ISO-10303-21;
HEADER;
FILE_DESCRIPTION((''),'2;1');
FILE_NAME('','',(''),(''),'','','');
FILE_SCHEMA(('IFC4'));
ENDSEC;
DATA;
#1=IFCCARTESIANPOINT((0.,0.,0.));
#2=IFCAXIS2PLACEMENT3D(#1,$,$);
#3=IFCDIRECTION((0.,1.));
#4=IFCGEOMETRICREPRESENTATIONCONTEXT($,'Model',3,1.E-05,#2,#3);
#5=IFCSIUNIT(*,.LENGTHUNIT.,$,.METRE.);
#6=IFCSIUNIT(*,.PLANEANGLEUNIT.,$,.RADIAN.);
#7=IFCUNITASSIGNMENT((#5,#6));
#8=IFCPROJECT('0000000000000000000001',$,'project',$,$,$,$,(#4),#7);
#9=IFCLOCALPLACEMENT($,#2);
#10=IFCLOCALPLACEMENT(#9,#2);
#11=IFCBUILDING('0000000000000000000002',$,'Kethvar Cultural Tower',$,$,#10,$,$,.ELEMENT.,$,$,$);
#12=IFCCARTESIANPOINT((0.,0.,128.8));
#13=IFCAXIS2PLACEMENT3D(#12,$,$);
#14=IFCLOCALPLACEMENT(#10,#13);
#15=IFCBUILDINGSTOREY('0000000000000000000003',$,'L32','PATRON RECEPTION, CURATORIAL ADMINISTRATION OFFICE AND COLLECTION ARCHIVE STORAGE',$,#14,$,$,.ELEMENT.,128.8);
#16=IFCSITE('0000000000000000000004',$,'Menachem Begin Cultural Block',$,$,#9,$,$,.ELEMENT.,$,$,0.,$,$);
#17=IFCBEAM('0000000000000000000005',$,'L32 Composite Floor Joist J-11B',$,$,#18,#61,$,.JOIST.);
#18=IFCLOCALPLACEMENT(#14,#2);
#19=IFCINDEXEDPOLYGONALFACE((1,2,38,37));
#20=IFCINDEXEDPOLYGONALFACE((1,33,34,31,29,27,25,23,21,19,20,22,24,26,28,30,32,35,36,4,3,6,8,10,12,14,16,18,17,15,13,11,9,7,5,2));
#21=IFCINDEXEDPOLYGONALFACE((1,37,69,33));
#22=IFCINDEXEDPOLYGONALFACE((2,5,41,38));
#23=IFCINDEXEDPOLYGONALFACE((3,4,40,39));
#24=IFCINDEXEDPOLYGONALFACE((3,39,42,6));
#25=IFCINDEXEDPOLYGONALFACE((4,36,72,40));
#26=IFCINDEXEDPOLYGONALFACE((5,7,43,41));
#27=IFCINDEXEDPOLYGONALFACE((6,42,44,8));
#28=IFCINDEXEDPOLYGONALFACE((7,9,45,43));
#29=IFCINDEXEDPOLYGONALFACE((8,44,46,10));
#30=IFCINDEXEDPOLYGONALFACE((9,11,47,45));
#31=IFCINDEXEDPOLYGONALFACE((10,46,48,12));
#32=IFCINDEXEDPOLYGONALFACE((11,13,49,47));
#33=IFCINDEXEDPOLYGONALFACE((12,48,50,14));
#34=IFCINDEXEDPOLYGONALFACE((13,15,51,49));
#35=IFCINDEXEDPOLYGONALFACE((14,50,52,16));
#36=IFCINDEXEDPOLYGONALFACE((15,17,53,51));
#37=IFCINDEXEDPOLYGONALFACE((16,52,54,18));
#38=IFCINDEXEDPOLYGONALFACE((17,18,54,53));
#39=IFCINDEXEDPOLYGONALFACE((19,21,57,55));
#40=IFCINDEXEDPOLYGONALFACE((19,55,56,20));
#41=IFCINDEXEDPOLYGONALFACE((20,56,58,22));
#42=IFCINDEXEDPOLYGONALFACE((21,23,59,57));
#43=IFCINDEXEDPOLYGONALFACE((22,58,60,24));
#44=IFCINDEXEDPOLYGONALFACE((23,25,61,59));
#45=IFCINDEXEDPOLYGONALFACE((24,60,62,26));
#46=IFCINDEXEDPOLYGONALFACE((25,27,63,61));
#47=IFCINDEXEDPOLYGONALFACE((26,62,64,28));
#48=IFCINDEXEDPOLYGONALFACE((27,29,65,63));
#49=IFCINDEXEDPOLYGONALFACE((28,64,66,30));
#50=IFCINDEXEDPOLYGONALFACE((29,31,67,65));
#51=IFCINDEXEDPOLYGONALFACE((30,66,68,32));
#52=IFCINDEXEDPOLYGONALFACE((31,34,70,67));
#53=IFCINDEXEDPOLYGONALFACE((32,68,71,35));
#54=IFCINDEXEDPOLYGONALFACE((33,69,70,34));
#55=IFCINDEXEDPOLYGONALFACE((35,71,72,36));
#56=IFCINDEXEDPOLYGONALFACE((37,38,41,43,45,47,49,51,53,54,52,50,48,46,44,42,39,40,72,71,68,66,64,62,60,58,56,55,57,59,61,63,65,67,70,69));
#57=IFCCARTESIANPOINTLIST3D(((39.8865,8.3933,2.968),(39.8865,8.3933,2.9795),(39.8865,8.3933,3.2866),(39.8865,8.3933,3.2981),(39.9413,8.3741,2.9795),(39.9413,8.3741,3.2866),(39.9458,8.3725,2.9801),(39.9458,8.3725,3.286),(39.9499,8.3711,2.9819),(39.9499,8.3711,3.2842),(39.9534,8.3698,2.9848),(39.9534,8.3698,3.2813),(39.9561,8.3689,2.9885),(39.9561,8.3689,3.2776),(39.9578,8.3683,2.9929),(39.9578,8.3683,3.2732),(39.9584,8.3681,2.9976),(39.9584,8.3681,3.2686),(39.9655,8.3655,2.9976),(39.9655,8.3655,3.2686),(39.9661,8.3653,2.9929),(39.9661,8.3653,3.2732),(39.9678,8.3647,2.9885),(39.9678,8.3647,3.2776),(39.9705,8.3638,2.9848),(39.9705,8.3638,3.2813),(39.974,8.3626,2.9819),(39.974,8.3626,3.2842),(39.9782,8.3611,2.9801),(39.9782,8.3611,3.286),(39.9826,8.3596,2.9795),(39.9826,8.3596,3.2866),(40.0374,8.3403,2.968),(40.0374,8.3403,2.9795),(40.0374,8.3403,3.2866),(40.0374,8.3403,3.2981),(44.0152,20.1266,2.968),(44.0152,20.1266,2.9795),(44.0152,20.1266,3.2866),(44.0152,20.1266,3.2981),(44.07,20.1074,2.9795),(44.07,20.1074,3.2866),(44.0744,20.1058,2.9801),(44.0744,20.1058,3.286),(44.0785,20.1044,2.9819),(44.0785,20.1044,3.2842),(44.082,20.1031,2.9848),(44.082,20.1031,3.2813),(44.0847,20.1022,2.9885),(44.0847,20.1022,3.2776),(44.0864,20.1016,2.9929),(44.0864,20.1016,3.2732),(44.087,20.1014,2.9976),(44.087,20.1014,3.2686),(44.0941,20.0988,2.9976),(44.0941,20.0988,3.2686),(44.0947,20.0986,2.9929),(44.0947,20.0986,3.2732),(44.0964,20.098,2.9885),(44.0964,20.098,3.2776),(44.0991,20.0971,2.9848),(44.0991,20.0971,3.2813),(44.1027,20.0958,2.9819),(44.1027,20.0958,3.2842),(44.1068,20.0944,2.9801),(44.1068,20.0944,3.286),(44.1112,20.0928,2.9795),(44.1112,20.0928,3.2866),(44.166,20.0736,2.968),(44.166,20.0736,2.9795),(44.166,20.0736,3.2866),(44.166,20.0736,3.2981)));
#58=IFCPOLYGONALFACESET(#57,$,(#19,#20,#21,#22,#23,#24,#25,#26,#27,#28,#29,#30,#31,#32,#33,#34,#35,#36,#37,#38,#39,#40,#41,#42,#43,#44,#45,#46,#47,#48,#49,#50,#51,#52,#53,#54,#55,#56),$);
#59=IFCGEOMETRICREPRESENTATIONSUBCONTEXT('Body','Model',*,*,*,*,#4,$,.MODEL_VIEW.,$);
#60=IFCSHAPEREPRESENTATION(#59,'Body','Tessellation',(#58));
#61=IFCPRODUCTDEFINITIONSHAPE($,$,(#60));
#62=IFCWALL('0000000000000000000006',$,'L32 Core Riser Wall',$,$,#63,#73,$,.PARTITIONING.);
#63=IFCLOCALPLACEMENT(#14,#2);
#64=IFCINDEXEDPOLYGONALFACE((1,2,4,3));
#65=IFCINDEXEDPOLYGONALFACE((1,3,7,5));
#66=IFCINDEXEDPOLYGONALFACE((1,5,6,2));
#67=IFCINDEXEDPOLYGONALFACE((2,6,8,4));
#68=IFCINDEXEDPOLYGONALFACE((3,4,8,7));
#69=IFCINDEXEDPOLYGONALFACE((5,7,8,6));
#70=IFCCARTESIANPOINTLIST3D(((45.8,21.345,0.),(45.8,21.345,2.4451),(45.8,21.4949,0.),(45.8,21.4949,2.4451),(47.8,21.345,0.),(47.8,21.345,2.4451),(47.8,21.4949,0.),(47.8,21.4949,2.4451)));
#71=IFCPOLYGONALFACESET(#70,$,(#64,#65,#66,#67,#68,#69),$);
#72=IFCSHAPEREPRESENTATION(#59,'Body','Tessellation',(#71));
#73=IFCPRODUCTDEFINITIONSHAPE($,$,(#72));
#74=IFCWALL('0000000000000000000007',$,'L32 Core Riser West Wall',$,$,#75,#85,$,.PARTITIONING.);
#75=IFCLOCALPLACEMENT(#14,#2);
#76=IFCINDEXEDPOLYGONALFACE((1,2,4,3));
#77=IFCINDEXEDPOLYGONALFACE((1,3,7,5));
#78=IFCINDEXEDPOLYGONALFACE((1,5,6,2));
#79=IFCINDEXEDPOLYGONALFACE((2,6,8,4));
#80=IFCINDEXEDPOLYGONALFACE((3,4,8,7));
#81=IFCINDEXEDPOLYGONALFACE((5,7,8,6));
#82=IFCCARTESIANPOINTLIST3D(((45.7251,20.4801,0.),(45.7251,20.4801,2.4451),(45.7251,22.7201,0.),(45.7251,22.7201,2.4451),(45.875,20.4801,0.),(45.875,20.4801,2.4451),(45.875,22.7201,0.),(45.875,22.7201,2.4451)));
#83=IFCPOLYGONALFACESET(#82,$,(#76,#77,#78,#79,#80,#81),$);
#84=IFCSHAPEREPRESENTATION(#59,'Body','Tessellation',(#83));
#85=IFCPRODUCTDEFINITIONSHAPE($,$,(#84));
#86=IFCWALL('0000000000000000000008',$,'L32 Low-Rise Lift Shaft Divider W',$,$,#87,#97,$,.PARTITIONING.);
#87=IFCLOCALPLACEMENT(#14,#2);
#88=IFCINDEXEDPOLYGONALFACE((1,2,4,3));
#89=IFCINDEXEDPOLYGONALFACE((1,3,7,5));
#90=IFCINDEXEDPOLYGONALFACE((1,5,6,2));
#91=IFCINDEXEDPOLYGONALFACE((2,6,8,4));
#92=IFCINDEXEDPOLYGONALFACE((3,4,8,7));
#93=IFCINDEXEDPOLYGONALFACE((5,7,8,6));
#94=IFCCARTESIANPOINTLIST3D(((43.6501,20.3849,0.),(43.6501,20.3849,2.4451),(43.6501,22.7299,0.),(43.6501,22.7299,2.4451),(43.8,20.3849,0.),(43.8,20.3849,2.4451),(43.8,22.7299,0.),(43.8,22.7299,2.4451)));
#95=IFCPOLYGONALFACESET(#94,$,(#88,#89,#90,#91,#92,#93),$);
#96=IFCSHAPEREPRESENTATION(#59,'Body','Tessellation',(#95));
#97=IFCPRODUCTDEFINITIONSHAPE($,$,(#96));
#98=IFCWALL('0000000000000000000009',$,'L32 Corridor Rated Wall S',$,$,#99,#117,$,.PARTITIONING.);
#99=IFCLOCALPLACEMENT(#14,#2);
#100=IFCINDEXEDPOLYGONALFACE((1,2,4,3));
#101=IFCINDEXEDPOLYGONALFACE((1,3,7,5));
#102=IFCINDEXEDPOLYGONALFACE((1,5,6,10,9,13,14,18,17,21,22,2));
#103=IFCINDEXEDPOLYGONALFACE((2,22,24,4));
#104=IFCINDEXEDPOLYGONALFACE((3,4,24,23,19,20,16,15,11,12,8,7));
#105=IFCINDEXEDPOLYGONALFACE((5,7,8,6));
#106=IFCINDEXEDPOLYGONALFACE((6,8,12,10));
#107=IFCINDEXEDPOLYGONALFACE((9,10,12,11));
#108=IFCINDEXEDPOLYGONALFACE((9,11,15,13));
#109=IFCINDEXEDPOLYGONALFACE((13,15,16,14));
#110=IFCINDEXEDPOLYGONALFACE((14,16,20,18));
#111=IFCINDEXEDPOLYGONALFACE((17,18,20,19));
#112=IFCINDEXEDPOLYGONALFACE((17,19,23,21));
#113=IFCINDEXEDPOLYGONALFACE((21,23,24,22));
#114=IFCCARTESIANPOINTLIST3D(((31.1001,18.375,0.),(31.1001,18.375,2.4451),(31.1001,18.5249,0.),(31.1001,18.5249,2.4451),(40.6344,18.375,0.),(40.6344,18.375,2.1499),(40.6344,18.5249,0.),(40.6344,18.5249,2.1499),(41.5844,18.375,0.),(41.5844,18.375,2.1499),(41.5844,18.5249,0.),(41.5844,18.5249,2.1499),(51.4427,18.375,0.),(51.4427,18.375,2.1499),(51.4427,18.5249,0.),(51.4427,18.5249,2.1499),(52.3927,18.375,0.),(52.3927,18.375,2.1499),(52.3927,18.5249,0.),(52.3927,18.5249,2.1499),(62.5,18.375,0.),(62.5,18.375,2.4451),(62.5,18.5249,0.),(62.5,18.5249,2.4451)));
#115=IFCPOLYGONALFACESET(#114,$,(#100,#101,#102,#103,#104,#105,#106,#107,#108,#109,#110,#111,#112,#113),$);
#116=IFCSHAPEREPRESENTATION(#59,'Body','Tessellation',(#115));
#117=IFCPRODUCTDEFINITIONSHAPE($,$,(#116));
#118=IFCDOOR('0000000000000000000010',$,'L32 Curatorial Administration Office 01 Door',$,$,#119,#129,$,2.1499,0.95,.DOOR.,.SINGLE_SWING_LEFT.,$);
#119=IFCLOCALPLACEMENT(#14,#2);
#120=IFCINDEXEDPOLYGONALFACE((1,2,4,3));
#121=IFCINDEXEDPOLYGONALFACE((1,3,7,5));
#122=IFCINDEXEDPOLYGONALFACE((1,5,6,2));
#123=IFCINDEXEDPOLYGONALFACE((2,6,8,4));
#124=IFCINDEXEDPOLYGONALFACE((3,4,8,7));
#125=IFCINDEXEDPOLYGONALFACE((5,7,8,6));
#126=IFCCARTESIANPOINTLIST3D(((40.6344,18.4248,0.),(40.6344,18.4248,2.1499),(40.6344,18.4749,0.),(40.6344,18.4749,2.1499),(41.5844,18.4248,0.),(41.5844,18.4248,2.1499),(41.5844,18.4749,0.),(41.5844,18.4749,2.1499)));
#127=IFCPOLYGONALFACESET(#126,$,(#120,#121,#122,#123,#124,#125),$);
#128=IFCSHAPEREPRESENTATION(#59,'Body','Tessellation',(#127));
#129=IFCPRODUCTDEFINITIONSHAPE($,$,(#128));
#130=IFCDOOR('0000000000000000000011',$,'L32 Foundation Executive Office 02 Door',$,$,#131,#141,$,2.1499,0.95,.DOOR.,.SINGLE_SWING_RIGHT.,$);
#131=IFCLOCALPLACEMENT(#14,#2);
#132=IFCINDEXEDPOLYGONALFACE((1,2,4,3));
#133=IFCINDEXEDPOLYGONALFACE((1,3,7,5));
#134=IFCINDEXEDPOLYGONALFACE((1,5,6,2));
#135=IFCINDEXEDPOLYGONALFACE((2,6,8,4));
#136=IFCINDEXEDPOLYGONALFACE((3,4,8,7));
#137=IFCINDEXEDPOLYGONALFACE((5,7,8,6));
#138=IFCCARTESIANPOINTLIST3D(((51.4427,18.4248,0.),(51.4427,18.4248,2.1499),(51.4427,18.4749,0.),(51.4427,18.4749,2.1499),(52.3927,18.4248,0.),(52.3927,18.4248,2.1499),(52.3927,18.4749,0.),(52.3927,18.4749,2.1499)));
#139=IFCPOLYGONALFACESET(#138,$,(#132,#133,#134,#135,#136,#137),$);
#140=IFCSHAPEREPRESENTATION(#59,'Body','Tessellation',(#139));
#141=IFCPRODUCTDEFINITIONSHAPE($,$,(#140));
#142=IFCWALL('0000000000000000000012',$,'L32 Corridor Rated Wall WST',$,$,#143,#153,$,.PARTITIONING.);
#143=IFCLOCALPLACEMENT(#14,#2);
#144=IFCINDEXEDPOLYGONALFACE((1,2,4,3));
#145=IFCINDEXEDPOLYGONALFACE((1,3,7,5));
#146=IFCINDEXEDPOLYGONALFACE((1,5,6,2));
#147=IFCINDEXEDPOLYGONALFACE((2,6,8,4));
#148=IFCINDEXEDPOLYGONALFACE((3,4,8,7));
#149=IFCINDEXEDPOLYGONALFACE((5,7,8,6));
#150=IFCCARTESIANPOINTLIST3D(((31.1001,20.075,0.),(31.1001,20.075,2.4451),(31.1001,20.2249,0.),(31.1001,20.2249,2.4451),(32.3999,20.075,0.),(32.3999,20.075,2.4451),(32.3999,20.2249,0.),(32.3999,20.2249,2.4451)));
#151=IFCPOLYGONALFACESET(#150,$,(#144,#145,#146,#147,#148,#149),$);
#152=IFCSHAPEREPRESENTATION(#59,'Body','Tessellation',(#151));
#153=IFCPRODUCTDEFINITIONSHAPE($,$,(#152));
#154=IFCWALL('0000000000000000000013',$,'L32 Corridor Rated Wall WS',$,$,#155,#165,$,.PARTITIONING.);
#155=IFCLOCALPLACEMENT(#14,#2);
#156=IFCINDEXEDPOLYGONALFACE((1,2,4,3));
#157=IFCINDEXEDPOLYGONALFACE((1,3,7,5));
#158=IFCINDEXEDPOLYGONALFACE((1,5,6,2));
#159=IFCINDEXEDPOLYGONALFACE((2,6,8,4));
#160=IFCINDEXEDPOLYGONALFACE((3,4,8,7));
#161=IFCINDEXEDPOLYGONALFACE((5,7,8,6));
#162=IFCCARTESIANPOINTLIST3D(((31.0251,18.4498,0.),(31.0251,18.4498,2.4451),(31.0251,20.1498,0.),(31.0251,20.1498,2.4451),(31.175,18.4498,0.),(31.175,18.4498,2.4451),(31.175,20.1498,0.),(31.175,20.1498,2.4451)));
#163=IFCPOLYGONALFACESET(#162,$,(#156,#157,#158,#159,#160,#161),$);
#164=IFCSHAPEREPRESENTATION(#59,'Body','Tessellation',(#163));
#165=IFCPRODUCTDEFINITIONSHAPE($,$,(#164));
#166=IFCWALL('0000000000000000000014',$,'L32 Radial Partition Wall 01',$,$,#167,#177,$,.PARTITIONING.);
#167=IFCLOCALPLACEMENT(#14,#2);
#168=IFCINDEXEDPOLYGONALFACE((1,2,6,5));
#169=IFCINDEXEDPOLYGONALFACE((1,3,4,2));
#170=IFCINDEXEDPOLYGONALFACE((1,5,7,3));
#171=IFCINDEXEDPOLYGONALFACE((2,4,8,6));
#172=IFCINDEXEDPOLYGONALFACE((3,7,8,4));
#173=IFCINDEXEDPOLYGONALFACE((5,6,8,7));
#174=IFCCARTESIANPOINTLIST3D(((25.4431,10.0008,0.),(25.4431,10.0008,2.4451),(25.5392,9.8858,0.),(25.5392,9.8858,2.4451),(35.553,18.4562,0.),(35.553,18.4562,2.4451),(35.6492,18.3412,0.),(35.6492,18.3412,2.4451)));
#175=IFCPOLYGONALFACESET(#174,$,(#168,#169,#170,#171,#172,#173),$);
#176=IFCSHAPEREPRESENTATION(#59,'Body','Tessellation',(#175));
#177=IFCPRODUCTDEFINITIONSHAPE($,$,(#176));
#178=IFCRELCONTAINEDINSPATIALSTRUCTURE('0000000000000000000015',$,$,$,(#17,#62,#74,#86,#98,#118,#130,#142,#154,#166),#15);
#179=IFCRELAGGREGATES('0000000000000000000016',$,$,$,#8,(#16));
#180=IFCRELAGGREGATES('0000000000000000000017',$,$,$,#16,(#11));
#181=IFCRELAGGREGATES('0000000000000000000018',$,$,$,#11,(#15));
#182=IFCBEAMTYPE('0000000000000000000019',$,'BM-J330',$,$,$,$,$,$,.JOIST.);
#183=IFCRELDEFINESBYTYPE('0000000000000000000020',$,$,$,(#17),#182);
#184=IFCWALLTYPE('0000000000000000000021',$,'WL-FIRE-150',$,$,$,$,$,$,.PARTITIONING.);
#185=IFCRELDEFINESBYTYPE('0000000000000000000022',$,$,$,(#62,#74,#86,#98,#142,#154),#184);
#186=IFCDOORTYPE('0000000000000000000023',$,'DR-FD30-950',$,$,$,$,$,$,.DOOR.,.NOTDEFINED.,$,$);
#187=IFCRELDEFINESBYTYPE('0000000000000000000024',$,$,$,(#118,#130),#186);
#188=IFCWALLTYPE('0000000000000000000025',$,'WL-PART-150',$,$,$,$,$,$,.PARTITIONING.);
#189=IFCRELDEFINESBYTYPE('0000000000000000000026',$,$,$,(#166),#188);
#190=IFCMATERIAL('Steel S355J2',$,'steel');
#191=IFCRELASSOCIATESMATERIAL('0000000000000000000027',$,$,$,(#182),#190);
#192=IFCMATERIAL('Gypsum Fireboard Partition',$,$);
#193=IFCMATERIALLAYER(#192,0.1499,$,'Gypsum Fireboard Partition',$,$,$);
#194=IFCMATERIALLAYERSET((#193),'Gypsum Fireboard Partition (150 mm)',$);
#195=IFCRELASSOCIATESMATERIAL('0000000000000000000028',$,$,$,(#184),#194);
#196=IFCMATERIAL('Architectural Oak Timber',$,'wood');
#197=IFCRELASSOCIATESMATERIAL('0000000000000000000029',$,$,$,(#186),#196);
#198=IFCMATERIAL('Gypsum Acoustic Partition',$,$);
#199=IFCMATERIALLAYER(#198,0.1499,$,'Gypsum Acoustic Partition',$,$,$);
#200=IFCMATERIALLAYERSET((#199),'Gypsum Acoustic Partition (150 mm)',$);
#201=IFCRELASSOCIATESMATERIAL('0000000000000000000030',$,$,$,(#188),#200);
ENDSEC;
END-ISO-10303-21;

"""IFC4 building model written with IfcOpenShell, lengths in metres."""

from ifc_helpers import new_model, si_unit, direction, frame, frame_2d, origin, origin_2d, place, context, subcontext, project, spatial, rectangle, i_section, extrude, source, transform, mapped, material, layer, layer_set, material_profile, profile_set, type_object, element, fill, save


model = new_model("IFC4")

# Units and contexts
model_context = context("Model", 3, precision=1e-05, world=origin(), true_north=direction((0.0, 1.0)))
body_context = subcontext(model_context, "Body", "Model", "MODEL_VIEW")
ifc_project = project(units=[si_unit("LENGTHUNIT", "METRE"), si_unit("PLANEANGLEUNIT", "RADIAN")], contexts=[model_context])

# Site, building, storey
site_placement = place(None, origin())
site = spatial("IfcSite", under=ifc_project, at=site_placement, Name="Menachem Begin Cultural Block", CompositionType="ELEMENT", RefElevation=0.0)
building_placement = place(site_placement, origin())
building = spatial("IfcBuilding", under=site, at=building_placement, Name="Kethvar Cultural Tower", CompositionType="ELEMENT")
storey_placement = place(building_placement, frame((0.0, 0.0, 128.8)))
storey = spatial("IfcBuildingStorey", under=building, at=storey_placement, Name="L32", Description="PATRON RECEPTION, CURATORIAL ADMINISTRATION OFFICE AND COLLECTION ARCHIVE STORAGE", CompositionType="ELEMENT", Elevation=128.8)

# Beam
ifc_material_1 = material(Name="Steel S355J2", Category="steel")
ifc_material_profile_1 = material_profile(ifc_material_1, i_section(OverallWidth=0.1599, OverallDepth=0.3301, WebThickness=0.0076, FlangeThickness=0.0115, FilletRadius=0.0181, at=origin_2d()), Name="Steel S355J2 — IPE330")
ifc_profile_set_1 = profile_set([ifc_material_profile_1], Name="Steel S355J2 — IPE330")
beam_type_1 = type_object("IfcBeamType", Name="BM-J330", PredefinedType="JOIST", material=ifc_profile_set_1)
shared_shape_1 = source(origin(), body_context, "Body", "SweptSolid", [
    extrude(i_section(OverallWidth=0.1599, OverallDepth=0.3301, WebThickness=0.0076, FlangeThickness=0.0115, FilletRadius=0.0181, at=origin_2d()), origin(), (0.0, 0.0, 1.0), 12.4385),
])
beam_1_placement = place(storey_placement, frame((44.0906, 20.1001, 3.1331), z_axis=(-0.331924, -0.943306, 0.0), x_axis=(0.943306, -0.331924, 0.0)))
element("IfcBeam", 1, at=beam_1_placement, inside=storey, type_object=beam_type_1, Name="L32 Composite Floor Joist J-11B", PredefinedType="JOIST", context=body_context, shape_type="MappedRepresentation", body=[
    mapped(shared_shape_1, transform((0.0, 0.0, 0.0), scale=1.0)),
])

# Walls
ifc_material_2 = material(Name="Gypsum Fireboard Partition")
ifc_layer_1 = layer(ifc_material_2, 0.1499, Name="Gypsum Fireboard Partition")
ifc_layer_set_1 = layer_set([ifc_layer_1], Name="Gypsum Fireboard Partition (150 mm)")
wall_type_1 = type_object("IfcWallType", Name="WL-FIRE-150", PredefinedType="PARTITIONING", material=ifc_layer_set_1)
wall_1_placement = place(storey_placement, frame((45.8, 21.4199, 0.0), z_axis=(0.0, 0.0, 1.0), x_axis=(1.0, 0.0, 0.0)))
element("IfcWall", 2, at=wall_1_placement, inside=storey, type_object=wall_type_1, Name="L32 Core Riser Wall", PredefinedType="PARTITIONING", context=body_context, shape_type="SweptSolid", body=[
    extrude(rectangle(XDim=2.0, YDim=0.1499, at=frame_2d((1.0, 0.0))), origin(), (0.0, 0.0, 1.0), 2.4451),
])
wall_2_placement = place(storey_placement, frame((45.8, 20.48, 0.0), z_axis=(0.0, 0.0, 1.0), x_axis=(0.0, 1.0, 0.0)))
element("IfcWall", 3, at=wall_2_placement, inside=storey, type_object=wall_type_1, Name="L32 Core Riser West Wall", PredefinedType="PARTITIONING", context=body_context, shape_type="SweptSolid", body=[
    extrude(rectangle(XDim=2.24, YDim=0.1499, at=frame_2d((1.1201, 0.0))), origin(), (0.0, 0.0, 1.0), 2.4451),
])
wall_3_placement = place(storey_placement, frame((43.7251, 20.385, 0.0), z_axis=(0.0, 0.0, 1.0), x_axis=(0.0, 1.0, 0.0)))
element("IfcWall", 4, at=wall_3_placement, inside=storey, type_object=wall_type_1, Name="L32 Low-Rise Lift Shaft Divider W", PredefinedType="PARTITIONING", context=body_context, shape_type="SweptSolid", body=[
    extrude(rectangle(XDim=2.345, YDim=0.1499, at=frame_2d((1.1724, 0.0))), origin(), (0.0, 0.0, 1.0), 2.4451),
])

# Wall, openings, doors
wall_4_placement = place(storey_placement, frame((31.1001, 18.45, 0.0), z_axis=(0.0, 0.0, 1.0), x_axis=(1.0, 0.0, 0.0)))
wall_4 = element("IfcWall", 5, at=wall_4_placement, inside=storey, type_object=wall_type_1, Name="L32 Corridor Rated Wall S", PredefinedType="PARTITIONING", context=body_context, shape_type="SweptSolid", body=[
    extrude(rectangle(XDim=31.3999, YDim=0.1499, at=frame_2d((15.7, 0.0))), origin(), (0.0, 0.0, 1.0), 2.4451),
])
opening_1_placement = place(wall_4_placement, frame((9.5342, 0.0, 0.0)))
opening_1 = element("IfcOpeningElement", 6, at=opening_1_placement, cuts=wall_4, PredefinedType="OPENING", context=body_context, shape_type="SweptSolid", body=[
    extrude(rectangle(XDim=0.95, YDim=2.1499, at=frame_2d((0.4751, 1.075))), frame((0.0, 0.085, 0.0), z_axis=(0.0, -1.0, 0.0), x_axis=(1.0, 0.0, 0.0)), (0.0, 0.0, 1.0), 0.1699),
])
opening_2_placement = place(wall_4_placement, frame((20.3425, 0.0, 0.0)))
opening_2 = element("IfcOpeningElement", 7, at=opening_2_placement, cuts=wall_4, PredefinedType="OPENING", context=body_context, shape_type="SweptSolid", body=[
    extrude(rectangle(XDim=0.95, YDim=2.1499, at=frame_2d((0.4751, 1.075))), frame((0.0, 0.085, 0.0), z_axis=(0.0, -1.0, 0.0), x_axis=(1.0, 0.0, 0.0)), (0.0, 0.0, 1.0), 0.1699),
])
ifc_material_3 = material(Name="Architectural Oak Timber", Category="wood")
door_type_1 = type_object("IfcDoorType", Name="DR-FD30-950", OperationType="NOTDEFINED", PredefinedType="DOOR", material=ifc_material_3)
shared_shape_2 = source(origin(), body_context, "Body", "SweptSolid", [
    extrude(rectangle(XDim=0.95, YDim=2.1499, at=frame_2d((0.4751, 1.075))), frame((0.0, 0.0249, 0.0), z_axis=(0.0, -1.0, 0.0), x_axis=(1.0, 0.0, 0.0)), (0.0, 0.0, 1.0), 0.05),
])
door_1_placement = place(opening_1_placement, origin())
door_1 = element("IfcDoor", 8, at=door_1_placement, inside=storey, type_object=door_type_1, Name="L32 Curatorial Administration Office 01 Door", OperationType="SINGLE_SWING_LEFT", OverallHeight=2.1499, OverallWidth=0.95, PredefinedType="DOOR", context=body_context, shape_type="MappedRepresentation", body=[
    mapped(shared_shape_2, transform((0.0, 0.0, 0.0), scale=1.0)),
])
fill(opening_1, door_1)
door_2_placement = place(opening_2_placement, origin())
door_2 = element("IfcDoor", 9, at=door_2_placement, inside=storey, type_object=door_type_1, Name="L32 Foundation Executive Office 02 Door", OperationType="SINGLE_SWING_RIGHT", OverallHeight=2.1499, OverallWidth=0.95, PredefinedType="DOOR", context=body_context, shape_type="MappedRepresentation", body=[
    mapped(shared_shape_2, transform((0.0, 0.0, 0.0), scale=1.0)),
])
fill(opening_2, door_2)

# Walls
wall_5_placement = place(storey_placement, frame((32.3999, 20.1499, 0.0), z_axis=(0.0, 0.0, 1.0), x_axis=(-1.0, 0.0, 0.0)))
element("IfcWall", 10, at=wall_5_placement, inside=storey, type_object=wall_type_1, Name="L32 Corridor Rated Wall WST", PredefinedType="PARTITIONING", context=body_context, shape_type="SweptSolid", body=[
    extrude(rectangle(XDim=1.2998, YDim=0.1499, at=frame_2d((0.6499, 0.0))), origin(), (0.0, 0.0, 1.0), 2.4451),
])
wall_6_placement = place(storey_placement, frame((31.1001, 20.1499, 0.0), z_axis=(0.0, 0.0, 1.0), x_axis=(0.0, -1.0, 0.0)))
element("IfcWall", 11, at=wall_6_placement, inside=storey, type_object=wall_type_1, Name="L32 Corridor Rated Wall WS", PredefinedType="PARTITIONING", context=body_context, shape_type="SweptSolid", body=[
    extrude(rectangle(XDim=1.7, YDim=0.1499, at=frame_2d((0.8501, 0.0))), origin(), (0.0, 0.0, 1.0), 2.4451),
])
ifc_material_4 = material(Name="Gypsum Acoustic Partition")
ifc_layer_2 = layer(ifc_material_4, 0.1499, Name="Gypsum Acoustic Partition")
ifc_layer_set_2 = layer_set([ifc_layer_2], Name="Gypsum Acoustic Partition (150 mm)")
wall_type_2 = type_object("IfcWallType", Name="WL-PART-150", PredefinedType="PARTITIONING", material=ifc_layer_set_2)
wall_7_placement = place(storey_placement, frame((35.6011, 18.3987, 0.0), z_axis=(0.0, 0.0, 1.0), x_axis=(-0.767084, -0.641546, 0.0)))
element("IfcWall", 12, at=wall_7_placement, inside=storey, type_object=wall_type_2, Name="L32 Radial Partition Wall 01", PredefinedType="PARTITIONING", context=body_context, shape_type="SweptSolid", body=[
    extrude(rectangle(XDim=13.1797, YDim=0.1499, at=frame_2d((6.5898, 0.0))), origin(), (0.0, 0.0, 1.0), 2.4451),
])

save(model, "model.ifc")
